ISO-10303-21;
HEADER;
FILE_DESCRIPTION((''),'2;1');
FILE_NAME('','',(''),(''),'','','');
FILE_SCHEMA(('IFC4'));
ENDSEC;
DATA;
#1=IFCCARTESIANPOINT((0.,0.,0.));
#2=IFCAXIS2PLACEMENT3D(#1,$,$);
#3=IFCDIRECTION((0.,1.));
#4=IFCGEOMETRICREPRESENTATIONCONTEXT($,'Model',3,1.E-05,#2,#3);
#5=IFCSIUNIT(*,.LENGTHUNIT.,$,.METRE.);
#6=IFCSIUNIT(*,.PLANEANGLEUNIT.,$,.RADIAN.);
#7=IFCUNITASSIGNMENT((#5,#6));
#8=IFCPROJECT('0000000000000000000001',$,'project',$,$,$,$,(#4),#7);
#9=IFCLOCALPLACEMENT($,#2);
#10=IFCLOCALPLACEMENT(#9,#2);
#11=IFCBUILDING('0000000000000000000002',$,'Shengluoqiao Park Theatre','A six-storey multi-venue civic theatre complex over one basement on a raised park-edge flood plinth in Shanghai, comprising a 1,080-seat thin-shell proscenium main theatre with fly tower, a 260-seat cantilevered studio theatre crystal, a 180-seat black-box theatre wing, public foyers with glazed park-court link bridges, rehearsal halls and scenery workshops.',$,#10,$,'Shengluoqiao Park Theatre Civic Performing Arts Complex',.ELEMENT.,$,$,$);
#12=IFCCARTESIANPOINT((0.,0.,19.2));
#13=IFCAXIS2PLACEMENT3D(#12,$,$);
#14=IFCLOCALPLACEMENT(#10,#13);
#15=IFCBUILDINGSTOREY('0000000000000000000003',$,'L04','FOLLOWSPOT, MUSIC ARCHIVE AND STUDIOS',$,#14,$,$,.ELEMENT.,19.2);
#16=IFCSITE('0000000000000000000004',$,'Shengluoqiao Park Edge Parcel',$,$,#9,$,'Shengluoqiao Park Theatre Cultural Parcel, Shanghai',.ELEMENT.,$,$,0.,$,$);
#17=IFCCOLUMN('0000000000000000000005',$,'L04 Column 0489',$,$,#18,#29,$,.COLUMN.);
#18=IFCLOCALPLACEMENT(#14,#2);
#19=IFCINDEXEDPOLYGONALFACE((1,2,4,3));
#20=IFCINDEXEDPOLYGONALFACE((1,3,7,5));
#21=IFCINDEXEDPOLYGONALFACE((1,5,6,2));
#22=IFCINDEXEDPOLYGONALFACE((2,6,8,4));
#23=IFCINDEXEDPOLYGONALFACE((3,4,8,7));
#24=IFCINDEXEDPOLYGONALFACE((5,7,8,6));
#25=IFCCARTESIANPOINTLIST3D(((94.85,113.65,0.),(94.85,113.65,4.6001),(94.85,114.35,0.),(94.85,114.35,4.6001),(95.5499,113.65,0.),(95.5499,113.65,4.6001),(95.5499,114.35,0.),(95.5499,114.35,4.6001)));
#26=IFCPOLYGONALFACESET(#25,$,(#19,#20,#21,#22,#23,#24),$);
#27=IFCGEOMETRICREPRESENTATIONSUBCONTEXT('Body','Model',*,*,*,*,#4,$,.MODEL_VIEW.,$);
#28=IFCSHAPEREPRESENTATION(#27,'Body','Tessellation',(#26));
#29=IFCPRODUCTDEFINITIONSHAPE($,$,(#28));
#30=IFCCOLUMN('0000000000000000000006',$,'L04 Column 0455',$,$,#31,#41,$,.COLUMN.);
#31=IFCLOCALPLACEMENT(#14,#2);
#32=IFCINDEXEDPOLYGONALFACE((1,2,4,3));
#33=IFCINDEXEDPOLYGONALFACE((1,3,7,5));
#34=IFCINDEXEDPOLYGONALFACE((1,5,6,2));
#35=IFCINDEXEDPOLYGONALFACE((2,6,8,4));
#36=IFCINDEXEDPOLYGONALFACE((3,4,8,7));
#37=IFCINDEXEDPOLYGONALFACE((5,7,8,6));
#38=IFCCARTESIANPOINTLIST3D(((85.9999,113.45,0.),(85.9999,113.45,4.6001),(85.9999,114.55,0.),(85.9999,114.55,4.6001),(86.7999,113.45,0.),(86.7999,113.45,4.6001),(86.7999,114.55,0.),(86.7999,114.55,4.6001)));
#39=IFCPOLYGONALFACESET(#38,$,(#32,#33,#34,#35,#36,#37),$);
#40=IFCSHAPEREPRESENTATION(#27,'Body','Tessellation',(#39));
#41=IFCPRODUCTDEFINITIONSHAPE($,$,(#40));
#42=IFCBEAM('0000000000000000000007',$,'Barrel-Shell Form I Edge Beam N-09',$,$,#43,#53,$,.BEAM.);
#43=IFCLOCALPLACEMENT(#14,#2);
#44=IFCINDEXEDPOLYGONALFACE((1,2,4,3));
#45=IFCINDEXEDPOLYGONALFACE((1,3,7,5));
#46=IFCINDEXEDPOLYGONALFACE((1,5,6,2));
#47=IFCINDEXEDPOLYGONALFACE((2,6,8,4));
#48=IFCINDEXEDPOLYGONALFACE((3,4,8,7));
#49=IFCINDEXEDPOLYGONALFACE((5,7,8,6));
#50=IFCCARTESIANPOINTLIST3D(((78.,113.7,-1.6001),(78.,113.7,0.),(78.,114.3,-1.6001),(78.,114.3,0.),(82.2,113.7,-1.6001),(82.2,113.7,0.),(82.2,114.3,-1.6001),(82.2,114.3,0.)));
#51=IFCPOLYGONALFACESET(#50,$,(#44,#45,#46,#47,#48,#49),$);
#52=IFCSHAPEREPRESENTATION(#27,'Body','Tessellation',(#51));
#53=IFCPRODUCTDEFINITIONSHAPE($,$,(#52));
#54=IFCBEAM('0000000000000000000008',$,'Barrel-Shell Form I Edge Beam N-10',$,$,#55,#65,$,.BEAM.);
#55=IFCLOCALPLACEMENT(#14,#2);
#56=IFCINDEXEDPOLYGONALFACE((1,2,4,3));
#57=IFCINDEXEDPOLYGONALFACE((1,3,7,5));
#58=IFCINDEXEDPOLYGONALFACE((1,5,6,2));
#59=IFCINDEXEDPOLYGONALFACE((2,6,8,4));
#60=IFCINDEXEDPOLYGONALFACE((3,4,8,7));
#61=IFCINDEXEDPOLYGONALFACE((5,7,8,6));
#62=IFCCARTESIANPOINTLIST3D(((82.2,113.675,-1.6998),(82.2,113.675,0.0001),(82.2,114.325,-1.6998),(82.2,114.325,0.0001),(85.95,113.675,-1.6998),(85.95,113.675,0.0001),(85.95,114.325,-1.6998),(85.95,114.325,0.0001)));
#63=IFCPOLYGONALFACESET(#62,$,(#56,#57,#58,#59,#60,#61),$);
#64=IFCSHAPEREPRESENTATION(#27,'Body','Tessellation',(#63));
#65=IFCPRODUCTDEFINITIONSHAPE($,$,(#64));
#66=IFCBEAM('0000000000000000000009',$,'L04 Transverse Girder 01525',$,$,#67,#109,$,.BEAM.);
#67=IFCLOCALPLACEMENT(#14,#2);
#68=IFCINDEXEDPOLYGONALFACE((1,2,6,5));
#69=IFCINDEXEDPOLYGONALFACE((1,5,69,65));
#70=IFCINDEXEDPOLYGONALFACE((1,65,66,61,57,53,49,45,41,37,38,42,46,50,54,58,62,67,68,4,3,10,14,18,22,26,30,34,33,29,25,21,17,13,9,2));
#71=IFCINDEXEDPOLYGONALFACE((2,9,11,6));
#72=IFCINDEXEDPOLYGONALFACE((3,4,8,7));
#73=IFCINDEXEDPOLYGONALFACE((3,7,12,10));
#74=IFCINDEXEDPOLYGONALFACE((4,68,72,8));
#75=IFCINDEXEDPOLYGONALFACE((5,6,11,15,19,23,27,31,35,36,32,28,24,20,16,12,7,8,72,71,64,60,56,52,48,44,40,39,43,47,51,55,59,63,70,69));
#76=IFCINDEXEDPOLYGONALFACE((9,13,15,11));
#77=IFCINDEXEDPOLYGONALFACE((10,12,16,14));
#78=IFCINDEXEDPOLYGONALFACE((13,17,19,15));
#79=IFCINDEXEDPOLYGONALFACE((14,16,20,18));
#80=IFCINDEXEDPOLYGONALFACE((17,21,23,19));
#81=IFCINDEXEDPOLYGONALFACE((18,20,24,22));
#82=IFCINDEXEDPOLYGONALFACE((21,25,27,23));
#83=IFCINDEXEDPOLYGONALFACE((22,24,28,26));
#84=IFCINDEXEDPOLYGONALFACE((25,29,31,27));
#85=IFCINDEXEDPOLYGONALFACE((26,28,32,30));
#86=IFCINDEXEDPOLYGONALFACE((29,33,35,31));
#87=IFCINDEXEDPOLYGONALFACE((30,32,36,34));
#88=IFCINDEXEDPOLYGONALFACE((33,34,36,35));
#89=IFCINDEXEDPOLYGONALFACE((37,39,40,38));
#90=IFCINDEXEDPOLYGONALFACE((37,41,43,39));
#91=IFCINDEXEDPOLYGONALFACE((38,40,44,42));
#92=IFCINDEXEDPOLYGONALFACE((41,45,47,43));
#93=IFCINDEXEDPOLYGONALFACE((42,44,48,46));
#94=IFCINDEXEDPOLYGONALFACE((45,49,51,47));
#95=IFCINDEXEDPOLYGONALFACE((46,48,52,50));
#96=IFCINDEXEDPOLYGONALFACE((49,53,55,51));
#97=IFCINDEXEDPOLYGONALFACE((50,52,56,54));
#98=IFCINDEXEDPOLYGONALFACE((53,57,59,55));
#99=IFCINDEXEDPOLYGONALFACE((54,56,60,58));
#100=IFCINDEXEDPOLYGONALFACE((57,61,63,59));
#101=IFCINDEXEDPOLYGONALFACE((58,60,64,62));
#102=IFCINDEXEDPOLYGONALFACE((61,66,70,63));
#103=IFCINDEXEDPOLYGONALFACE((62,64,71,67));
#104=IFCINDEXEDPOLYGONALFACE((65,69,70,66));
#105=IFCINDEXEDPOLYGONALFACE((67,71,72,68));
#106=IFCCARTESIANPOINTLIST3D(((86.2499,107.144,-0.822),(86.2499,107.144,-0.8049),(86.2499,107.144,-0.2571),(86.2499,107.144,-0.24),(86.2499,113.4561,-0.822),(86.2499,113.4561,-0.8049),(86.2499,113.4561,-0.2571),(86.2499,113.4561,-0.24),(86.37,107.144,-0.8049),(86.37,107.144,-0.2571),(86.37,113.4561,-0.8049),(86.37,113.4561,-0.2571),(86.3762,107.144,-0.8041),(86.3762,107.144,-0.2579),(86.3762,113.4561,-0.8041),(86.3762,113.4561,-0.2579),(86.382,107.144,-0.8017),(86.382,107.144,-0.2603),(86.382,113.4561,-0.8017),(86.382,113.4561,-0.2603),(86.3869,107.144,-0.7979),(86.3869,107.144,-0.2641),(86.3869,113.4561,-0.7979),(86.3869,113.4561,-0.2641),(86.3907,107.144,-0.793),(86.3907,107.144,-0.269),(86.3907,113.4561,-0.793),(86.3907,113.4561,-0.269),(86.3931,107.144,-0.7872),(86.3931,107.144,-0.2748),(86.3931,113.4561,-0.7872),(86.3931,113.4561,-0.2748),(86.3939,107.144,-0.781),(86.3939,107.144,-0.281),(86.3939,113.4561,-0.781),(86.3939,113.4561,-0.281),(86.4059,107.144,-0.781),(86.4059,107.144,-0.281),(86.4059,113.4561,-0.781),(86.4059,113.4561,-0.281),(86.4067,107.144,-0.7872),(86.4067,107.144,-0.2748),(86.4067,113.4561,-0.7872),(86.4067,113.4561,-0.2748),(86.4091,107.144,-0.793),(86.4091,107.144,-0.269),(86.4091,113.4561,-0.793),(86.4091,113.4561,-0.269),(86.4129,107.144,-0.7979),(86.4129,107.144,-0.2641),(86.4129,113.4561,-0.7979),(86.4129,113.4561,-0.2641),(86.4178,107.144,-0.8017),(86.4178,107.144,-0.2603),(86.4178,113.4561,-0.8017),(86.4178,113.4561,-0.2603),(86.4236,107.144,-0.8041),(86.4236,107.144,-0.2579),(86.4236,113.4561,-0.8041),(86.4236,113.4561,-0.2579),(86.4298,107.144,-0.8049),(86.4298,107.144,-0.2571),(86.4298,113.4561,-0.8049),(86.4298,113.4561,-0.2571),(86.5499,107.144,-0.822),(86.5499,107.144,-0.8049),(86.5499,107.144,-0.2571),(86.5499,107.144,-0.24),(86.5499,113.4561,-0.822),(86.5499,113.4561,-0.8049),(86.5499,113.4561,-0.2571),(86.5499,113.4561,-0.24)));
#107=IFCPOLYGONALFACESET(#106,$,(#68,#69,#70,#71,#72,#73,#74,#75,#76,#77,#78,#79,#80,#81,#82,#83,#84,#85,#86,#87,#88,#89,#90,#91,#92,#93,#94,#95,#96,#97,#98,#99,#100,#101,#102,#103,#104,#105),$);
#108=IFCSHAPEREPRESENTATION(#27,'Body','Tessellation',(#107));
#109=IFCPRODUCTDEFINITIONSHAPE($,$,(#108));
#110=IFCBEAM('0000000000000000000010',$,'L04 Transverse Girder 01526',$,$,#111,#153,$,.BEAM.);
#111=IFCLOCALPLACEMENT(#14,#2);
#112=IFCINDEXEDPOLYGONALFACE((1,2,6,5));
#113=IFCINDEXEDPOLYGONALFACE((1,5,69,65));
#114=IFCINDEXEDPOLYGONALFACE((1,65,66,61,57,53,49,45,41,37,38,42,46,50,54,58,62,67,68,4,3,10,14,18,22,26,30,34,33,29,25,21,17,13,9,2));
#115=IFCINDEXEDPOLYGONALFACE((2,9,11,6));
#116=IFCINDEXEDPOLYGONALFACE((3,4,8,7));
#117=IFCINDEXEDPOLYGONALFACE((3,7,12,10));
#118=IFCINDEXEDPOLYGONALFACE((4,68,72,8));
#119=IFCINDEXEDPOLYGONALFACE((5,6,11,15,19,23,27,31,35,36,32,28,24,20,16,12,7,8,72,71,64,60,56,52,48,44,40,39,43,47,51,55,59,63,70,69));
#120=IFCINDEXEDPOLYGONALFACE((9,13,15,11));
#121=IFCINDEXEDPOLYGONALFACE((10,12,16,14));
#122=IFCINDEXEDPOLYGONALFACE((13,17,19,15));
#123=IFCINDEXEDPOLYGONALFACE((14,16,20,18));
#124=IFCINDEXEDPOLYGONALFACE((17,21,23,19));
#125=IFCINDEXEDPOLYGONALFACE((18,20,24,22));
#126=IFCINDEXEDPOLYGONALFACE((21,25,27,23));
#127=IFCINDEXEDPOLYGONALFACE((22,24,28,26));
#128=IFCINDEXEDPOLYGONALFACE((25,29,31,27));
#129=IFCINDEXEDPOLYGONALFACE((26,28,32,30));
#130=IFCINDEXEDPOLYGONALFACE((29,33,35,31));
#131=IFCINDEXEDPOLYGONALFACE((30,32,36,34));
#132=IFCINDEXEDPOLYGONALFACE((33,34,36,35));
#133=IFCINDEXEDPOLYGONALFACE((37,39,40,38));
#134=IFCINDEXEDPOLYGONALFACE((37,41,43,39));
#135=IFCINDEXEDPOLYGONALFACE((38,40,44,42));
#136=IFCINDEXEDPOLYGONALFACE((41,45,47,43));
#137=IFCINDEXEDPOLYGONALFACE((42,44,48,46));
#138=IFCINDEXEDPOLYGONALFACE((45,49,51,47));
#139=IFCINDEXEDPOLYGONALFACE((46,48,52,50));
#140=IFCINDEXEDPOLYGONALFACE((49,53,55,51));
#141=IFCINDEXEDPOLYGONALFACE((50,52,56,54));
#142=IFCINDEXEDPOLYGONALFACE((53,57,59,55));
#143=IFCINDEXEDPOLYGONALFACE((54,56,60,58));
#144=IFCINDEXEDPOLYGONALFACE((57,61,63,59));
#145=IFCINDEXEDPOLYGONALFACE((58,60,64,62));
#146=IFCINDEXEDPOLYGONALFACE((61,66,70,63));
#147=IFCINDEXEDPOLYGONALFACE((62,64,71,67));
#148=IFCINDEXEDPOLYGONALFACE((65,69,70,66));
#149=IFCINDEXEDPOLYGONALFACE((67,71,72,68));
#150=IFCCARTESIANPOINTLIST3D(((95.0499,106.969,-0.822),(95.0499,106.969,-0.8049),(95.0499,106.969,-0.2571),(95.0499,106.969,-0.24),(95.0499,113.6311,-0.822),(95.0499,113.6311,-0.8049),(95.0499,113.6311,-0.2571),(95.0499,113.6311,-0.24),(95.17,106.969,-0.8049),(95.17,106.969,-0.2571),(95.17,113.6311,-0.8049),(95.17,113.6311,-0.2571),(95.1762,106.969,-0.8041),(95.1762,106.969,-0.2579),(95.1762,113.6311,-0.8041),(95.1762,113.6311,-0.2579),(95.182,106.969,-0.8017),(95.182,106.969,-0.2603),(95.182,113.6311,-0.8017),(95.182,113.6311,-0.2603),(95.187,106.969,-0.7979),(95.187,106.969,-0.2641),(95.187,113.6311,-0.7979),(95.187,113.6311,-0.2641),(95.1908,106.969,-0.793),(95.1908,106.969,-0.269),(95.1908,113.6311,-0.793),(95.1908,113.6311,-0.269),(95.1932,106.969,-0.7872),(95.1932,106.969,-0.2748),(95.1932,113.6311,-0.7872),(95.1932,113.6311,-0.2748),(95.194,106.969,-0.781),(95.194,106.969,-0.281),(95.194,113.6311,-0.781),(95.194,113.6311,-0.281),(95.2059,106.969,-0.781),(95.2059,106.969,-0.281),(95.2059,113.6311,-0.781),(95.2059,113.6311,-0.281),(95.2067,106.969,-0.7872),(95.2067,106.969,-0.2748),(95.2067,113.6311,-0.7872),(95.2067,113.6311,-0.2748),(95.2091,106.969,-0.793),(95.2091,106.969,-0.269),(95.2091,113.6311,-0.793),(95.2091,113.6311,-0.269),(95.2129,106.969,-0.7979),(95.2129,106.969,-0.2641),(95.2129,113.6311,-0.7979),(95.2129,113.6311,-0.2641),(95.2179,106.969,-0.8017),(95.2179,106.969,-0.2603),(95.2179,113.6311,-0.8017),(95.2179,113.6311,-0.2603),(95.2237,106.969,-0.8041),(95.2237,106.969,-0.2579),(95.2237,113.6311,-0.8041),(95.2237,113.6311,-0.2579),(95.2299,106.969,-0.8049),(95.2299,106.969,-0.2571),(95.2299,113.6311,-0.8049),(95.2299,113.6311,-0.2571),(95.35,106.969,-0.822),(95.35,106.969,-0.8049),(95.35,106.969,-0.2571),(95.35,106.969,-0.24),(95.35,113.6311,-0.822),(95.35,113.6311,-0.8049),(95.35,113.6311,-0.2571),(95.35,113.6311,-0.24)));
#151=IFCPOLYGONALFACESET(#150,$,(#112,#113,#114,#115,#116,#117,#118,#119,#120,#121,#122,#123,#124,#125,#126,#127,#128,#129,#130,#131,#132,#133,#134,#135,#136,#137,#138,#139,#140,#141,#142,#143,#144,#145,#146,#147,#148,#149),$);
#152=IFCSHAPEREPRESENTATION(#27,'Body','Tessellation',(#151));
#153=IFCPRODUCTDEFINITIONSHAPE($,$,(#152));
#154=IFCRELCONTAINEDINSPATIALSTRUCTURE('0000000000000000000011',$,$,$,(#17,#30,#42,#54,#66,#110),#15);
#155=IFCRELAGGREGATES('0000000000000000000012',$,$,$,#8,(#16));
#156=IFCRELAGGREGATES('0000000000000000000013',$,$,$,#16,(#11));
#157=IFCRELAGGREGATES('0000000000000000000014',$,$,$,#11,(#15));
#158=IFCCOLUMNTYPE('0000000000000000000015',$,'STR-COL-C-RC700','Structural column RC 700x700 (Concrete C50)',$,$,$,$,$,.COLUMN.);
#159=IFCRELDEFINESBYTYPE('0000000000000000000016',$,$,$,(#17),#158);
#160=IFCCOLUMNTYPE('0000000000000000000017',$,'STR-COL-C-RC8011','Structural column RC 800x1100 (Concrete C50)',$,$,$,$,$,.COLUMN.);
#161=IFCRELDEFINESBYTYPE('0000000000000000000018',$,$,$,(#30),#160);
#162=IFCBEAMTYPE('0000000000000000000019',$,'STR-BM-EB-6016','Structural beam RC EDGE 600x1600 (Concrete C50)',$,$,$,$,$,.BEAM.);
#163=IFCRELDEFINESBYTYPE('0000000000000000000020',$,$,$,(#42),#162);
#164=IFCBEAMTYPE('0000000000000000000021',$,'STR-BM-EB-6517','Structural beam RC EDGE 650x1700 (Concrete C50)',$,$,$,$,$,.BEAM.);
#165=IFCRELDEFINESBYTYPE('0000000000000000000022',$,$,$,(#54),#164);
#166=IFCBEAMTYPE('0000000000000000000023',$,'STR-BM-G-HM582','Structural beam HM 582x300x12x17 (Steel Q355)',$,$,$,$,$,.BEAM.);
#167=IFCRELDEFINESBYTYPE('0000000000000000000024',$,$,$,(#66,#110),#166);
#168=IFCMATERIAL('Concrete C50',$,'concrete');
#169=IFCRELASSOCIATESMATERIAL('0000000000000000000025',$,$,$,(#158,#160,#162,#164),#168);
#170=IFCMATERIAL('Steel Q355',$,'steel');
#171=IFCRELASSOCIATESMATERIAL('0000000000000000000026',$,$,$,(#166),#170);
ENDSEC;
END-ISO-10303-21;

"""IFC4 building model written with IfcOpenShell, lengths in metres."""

from ifc_helpers import new_model, si_unit, direction, frame, origin, origin_2d, place, context, subcontext, project, spatial, rectangle, i_section, extrude, material, material_profile, profile_set, type_object, element, save


model = new_model("IFC4")

# Units and contexts
model_context = context("Model", 3, precision=1e-05, world=origin(), true_north=direction((0.0, 1.0)))
body_context = subcontext(model_context, "Body", "Model", "MODEL_VIEW")
ifc_project = project(units=[si_unit("LENGTHUNIT", "METRE"), si_unit("PLANEANGLEUNIT", "RADIAN")], contexts=[model_context])

# Site, building, storey
site_placement = place(None, origin())
site = spatial("IfcSite", under=ifc_project, at=site_placement, Name="Shengluoqiao Park Edge Parcel", LongName="Shengluoqiao Park Theatre Cultural Parcel, Shanghai", CompositionType="ELEMENT", RefElevation=0.0)
building_placement = place(site_placement, origin())
building = spatial("IfcBuilding", under=site, at=building_placement, Name="Shengluoqiao Park Theatre", Description="A six-storey multi-venue civic theatre complex over one basement on a raised park-edge flood plinth in Shanghai, comprising a 1,080-seat thin-shell proscenium main theatre with fly tower, a 260-seat cantilevered studio theatre crystal, a 180-seat black-box theatre wing, public foyers with glazed park-court link bridges, rehearsal halls and scenery workshops.", LongName="Shengluoqiao Park Theatre Civic Performing Arts Complex", CompositionType="ELEMENT")
storey_placement = place(building_placement, frame((0.0, 0.0, 19.2)))
storey = spatial("IfcBuildingStorey", under=building, at=storey_placement, Name="L04", Description="FOLLOWSPOT, MUSIC ARCHIVE AND STUDIOS", CompositionType="ELEMENT", Elevation=19.2)

# Columns
ifc_material_1 = material(Name="Concrete C50", Category="concrete")
ifc_material_profile_1 = material_profile(ifc_material_1, rectangle(XDim=0.7, YDim=0.7, at=origin_2d()), Name="RC 700x700")
ifc_profile_set_1 = profile_set([ifc_material_profile_1], Name="Concrete C50")
column_type_1 = type_object("IfcColumnType", Name="STR-COL-C-RC700", Description="Structural column RC 700x700 (Concrete C50)", PredefinedType="COLUMN", material=ifc_profile_set_1)
column_1_placement = place(storey_placement, frame((95.2, 114.0, 0.0), z_axis=(0.0, 0.0, 1.0), x_axis=(1.0, 0.0, 0.0)))
element("IfcColumn", 1, at=column_1_placement, inside=storey, type_object=column_type_1, Name="L04 Column 0489", PredefinedType="COLUMN", context=body_context, shape_type="SweptSolid", body=[
    extrude(rectangle(XDim=0.7, YDim=0.7, at=origin_2d()), origin(), (0.0, 0.0, 1.0), 4.6001),
])
ifc_material_profile_2 = material_profile(ifc_material_1, rectangle(XDim=0.8, YDim=1.1001, at=origin_2d()), Name="RC 800x1100")
ifc_profile_set_2 = profile_set([ifc_material_profile_2], Name="Concrete C50")
column_type_2 = type_object("IfcColumnType", Name="STR-COL-C-RC8011", Description="Structural column RC 800x1100 (Concrete C50)", PredefinedType="COLUMN", material=ifc_profile_set_2)
column_2_placement = place(storey_placement, frame((86.3999, 114.0, 0.0), z_axis=(0.0, 0.0, 1.0), x_axis=(1.0, 0.0, 0.0)))
element("IfcColumn", 2, at=column_2_placement, inside=storey, type_object=column_type_2, Name="L04 Column 0455", PredefinedType="COLUMN", context=body_context, shape_type="SweptSolid", body=[
    extrude(rectangle(XDim=0.8, YDim=1.1001, at=origin_2d()), origin(), (0.0, 0.0, 1.0), 4.6001),
])

# Beams
ifc_material_profile_3 = material_profile(ifc_material_1, rectangle(XDim=0.6001, YDim=1.6001, at=origin_2d()), Name="RC EDGE 600x1600")
ifc_profile_set_3 = profile_set([ifc_material_profile_3], Name="Concrete C50")
beam_type_1 = type_object("IfcBeamType", Name="STR-BM-EB-6016", Description="Structural beam RC EDGE 600x1600 (Concrete C50)", PredefinedType="BEAM", material=ifc_profile_set_3)
beam_1_placement = place(storey_placement, frame((78.0, 114.0, -0.8), z_axis=(1.0, 0.0, 0.0), x_axis=(0.0, 1.0, 0.0)))
element("IfcBeam", 3, at=beam_1_placement, inside=storey, type_object=beam_type_1, Name="Barrel-Shell Form I Edge Beam N-09", PredefinedType="BEAM", context=body_context, shape_type="SweptSolid", body=[
    extrude(rectangle(XDim=0.6001, YDim=1.6001, at=origin_2d()), origin(), (0.0, 0.0, 1.0), 4.2),
])
ifc_material_profile_4 = material_profile(ifc_material_1, rectangle(XDim=0.6499, YDim=1.7, at=origin_2d()), Name="RC EDGE 650x1700")
ifc_profile_set_4 = profile_set([ifc_material_profile_4], Name="Concrete C50")
beam_type_2 = type_object("IfcBeamType", Name="STR-BM-EB-6517", Description="Structural beam RC EDGE 650x1700 (Concrete C50)", PredefinedType="BEAM", material=ifc_profile_set_4)
beam_2_placement = place(storey_placement, frame((82.2, 114.0, -0.8499), z_axis=(1.0, 0.0, 0.0), x_axis=(0.0, 1.0, 0.0)))
element("IfcBeam", 4, at=beam_2_placement, inside=storey, type_object=beam_type_2, Name="Barrel-Shell Form I Edge Beam N-10", PredefinedType="BEAM", context=body_context, shape_type="SweptSolid", body=[
    extrude(rectangle(XDim=0.6499, YDim=1.7, at=origin_2d()), origin(), (0.0, 0.0, 1.0), 3.75),
])
ifc_material_2 = material(Name="Steel Q355", Category="steel")
ifc_material_profile_5 = material_profile(ifc_material_2, i_section(OverallWidth=0.3, OverallDepth=0.582, WebThickness=0.012, FlangeThickness=0.0171, FilletRadius=0.0239, at=origin_2d()), Name="HM 582x300x12x17")
ifc_profile_set_5 = profile_set([ifc_material_profile_5], Name="Steel Q355")
beam_type_3 = type_object("IfcBeamType", Name="STR-BM-G-HM582", Description="Structural beam HM 582x300x12x17 (Steel Q355)", PredefinedType="BEAM", material=ifc_profile_set_5)
beam_3_placement = place(storey_placement, frame((86.3999, 107.144, -0.531), z_axis=(0.0, 1.0, 0.0), x_axis=(-1.0, 0.0, 0.0)))
element("IfcBeam", 5, at=beam_3_placement, inside=storey, type_object=beam_type_3, Name="L04 Transverse Girder 01525", PredefinedType="BEAM", context=body_context, shape_type="SweptSolid", body=[
    extrude(i_section(OverallWidth=0.3, OverallDepth=0.582, WebThickness=0.012, FlangeThickness=0.0171, FilletRadius=0.0239, at=origin_2d()), origin(), (0.0, 0.0, 1.0), 6.312),
])
beam_4_placement = place(storey_placement, frame((95.2, 106.969, -0.531), z_axis=(0.0, 1.0, 0.0), x_axis=(-1.0, 0.0, 0.0)))
element("IfcBeam", 6, at=beam_4_placement, inside=storey, type_object=beam_type_3, Name="L04 Transverse Girder 01526", PredefinedType="BEAM", context=body_context, shape_type="SweptSolid", body=[
    extrude(i_section(OverallWidth=0.3, OverallDepth=0.582, WebThickness=0.012, FlangeThickness=0.0171, FilletRadius=0.0239, at=origin_2d()), origin(), (0.0, 0.0, 1.0), 6.6621),
])

save(model, "model.ifc")
